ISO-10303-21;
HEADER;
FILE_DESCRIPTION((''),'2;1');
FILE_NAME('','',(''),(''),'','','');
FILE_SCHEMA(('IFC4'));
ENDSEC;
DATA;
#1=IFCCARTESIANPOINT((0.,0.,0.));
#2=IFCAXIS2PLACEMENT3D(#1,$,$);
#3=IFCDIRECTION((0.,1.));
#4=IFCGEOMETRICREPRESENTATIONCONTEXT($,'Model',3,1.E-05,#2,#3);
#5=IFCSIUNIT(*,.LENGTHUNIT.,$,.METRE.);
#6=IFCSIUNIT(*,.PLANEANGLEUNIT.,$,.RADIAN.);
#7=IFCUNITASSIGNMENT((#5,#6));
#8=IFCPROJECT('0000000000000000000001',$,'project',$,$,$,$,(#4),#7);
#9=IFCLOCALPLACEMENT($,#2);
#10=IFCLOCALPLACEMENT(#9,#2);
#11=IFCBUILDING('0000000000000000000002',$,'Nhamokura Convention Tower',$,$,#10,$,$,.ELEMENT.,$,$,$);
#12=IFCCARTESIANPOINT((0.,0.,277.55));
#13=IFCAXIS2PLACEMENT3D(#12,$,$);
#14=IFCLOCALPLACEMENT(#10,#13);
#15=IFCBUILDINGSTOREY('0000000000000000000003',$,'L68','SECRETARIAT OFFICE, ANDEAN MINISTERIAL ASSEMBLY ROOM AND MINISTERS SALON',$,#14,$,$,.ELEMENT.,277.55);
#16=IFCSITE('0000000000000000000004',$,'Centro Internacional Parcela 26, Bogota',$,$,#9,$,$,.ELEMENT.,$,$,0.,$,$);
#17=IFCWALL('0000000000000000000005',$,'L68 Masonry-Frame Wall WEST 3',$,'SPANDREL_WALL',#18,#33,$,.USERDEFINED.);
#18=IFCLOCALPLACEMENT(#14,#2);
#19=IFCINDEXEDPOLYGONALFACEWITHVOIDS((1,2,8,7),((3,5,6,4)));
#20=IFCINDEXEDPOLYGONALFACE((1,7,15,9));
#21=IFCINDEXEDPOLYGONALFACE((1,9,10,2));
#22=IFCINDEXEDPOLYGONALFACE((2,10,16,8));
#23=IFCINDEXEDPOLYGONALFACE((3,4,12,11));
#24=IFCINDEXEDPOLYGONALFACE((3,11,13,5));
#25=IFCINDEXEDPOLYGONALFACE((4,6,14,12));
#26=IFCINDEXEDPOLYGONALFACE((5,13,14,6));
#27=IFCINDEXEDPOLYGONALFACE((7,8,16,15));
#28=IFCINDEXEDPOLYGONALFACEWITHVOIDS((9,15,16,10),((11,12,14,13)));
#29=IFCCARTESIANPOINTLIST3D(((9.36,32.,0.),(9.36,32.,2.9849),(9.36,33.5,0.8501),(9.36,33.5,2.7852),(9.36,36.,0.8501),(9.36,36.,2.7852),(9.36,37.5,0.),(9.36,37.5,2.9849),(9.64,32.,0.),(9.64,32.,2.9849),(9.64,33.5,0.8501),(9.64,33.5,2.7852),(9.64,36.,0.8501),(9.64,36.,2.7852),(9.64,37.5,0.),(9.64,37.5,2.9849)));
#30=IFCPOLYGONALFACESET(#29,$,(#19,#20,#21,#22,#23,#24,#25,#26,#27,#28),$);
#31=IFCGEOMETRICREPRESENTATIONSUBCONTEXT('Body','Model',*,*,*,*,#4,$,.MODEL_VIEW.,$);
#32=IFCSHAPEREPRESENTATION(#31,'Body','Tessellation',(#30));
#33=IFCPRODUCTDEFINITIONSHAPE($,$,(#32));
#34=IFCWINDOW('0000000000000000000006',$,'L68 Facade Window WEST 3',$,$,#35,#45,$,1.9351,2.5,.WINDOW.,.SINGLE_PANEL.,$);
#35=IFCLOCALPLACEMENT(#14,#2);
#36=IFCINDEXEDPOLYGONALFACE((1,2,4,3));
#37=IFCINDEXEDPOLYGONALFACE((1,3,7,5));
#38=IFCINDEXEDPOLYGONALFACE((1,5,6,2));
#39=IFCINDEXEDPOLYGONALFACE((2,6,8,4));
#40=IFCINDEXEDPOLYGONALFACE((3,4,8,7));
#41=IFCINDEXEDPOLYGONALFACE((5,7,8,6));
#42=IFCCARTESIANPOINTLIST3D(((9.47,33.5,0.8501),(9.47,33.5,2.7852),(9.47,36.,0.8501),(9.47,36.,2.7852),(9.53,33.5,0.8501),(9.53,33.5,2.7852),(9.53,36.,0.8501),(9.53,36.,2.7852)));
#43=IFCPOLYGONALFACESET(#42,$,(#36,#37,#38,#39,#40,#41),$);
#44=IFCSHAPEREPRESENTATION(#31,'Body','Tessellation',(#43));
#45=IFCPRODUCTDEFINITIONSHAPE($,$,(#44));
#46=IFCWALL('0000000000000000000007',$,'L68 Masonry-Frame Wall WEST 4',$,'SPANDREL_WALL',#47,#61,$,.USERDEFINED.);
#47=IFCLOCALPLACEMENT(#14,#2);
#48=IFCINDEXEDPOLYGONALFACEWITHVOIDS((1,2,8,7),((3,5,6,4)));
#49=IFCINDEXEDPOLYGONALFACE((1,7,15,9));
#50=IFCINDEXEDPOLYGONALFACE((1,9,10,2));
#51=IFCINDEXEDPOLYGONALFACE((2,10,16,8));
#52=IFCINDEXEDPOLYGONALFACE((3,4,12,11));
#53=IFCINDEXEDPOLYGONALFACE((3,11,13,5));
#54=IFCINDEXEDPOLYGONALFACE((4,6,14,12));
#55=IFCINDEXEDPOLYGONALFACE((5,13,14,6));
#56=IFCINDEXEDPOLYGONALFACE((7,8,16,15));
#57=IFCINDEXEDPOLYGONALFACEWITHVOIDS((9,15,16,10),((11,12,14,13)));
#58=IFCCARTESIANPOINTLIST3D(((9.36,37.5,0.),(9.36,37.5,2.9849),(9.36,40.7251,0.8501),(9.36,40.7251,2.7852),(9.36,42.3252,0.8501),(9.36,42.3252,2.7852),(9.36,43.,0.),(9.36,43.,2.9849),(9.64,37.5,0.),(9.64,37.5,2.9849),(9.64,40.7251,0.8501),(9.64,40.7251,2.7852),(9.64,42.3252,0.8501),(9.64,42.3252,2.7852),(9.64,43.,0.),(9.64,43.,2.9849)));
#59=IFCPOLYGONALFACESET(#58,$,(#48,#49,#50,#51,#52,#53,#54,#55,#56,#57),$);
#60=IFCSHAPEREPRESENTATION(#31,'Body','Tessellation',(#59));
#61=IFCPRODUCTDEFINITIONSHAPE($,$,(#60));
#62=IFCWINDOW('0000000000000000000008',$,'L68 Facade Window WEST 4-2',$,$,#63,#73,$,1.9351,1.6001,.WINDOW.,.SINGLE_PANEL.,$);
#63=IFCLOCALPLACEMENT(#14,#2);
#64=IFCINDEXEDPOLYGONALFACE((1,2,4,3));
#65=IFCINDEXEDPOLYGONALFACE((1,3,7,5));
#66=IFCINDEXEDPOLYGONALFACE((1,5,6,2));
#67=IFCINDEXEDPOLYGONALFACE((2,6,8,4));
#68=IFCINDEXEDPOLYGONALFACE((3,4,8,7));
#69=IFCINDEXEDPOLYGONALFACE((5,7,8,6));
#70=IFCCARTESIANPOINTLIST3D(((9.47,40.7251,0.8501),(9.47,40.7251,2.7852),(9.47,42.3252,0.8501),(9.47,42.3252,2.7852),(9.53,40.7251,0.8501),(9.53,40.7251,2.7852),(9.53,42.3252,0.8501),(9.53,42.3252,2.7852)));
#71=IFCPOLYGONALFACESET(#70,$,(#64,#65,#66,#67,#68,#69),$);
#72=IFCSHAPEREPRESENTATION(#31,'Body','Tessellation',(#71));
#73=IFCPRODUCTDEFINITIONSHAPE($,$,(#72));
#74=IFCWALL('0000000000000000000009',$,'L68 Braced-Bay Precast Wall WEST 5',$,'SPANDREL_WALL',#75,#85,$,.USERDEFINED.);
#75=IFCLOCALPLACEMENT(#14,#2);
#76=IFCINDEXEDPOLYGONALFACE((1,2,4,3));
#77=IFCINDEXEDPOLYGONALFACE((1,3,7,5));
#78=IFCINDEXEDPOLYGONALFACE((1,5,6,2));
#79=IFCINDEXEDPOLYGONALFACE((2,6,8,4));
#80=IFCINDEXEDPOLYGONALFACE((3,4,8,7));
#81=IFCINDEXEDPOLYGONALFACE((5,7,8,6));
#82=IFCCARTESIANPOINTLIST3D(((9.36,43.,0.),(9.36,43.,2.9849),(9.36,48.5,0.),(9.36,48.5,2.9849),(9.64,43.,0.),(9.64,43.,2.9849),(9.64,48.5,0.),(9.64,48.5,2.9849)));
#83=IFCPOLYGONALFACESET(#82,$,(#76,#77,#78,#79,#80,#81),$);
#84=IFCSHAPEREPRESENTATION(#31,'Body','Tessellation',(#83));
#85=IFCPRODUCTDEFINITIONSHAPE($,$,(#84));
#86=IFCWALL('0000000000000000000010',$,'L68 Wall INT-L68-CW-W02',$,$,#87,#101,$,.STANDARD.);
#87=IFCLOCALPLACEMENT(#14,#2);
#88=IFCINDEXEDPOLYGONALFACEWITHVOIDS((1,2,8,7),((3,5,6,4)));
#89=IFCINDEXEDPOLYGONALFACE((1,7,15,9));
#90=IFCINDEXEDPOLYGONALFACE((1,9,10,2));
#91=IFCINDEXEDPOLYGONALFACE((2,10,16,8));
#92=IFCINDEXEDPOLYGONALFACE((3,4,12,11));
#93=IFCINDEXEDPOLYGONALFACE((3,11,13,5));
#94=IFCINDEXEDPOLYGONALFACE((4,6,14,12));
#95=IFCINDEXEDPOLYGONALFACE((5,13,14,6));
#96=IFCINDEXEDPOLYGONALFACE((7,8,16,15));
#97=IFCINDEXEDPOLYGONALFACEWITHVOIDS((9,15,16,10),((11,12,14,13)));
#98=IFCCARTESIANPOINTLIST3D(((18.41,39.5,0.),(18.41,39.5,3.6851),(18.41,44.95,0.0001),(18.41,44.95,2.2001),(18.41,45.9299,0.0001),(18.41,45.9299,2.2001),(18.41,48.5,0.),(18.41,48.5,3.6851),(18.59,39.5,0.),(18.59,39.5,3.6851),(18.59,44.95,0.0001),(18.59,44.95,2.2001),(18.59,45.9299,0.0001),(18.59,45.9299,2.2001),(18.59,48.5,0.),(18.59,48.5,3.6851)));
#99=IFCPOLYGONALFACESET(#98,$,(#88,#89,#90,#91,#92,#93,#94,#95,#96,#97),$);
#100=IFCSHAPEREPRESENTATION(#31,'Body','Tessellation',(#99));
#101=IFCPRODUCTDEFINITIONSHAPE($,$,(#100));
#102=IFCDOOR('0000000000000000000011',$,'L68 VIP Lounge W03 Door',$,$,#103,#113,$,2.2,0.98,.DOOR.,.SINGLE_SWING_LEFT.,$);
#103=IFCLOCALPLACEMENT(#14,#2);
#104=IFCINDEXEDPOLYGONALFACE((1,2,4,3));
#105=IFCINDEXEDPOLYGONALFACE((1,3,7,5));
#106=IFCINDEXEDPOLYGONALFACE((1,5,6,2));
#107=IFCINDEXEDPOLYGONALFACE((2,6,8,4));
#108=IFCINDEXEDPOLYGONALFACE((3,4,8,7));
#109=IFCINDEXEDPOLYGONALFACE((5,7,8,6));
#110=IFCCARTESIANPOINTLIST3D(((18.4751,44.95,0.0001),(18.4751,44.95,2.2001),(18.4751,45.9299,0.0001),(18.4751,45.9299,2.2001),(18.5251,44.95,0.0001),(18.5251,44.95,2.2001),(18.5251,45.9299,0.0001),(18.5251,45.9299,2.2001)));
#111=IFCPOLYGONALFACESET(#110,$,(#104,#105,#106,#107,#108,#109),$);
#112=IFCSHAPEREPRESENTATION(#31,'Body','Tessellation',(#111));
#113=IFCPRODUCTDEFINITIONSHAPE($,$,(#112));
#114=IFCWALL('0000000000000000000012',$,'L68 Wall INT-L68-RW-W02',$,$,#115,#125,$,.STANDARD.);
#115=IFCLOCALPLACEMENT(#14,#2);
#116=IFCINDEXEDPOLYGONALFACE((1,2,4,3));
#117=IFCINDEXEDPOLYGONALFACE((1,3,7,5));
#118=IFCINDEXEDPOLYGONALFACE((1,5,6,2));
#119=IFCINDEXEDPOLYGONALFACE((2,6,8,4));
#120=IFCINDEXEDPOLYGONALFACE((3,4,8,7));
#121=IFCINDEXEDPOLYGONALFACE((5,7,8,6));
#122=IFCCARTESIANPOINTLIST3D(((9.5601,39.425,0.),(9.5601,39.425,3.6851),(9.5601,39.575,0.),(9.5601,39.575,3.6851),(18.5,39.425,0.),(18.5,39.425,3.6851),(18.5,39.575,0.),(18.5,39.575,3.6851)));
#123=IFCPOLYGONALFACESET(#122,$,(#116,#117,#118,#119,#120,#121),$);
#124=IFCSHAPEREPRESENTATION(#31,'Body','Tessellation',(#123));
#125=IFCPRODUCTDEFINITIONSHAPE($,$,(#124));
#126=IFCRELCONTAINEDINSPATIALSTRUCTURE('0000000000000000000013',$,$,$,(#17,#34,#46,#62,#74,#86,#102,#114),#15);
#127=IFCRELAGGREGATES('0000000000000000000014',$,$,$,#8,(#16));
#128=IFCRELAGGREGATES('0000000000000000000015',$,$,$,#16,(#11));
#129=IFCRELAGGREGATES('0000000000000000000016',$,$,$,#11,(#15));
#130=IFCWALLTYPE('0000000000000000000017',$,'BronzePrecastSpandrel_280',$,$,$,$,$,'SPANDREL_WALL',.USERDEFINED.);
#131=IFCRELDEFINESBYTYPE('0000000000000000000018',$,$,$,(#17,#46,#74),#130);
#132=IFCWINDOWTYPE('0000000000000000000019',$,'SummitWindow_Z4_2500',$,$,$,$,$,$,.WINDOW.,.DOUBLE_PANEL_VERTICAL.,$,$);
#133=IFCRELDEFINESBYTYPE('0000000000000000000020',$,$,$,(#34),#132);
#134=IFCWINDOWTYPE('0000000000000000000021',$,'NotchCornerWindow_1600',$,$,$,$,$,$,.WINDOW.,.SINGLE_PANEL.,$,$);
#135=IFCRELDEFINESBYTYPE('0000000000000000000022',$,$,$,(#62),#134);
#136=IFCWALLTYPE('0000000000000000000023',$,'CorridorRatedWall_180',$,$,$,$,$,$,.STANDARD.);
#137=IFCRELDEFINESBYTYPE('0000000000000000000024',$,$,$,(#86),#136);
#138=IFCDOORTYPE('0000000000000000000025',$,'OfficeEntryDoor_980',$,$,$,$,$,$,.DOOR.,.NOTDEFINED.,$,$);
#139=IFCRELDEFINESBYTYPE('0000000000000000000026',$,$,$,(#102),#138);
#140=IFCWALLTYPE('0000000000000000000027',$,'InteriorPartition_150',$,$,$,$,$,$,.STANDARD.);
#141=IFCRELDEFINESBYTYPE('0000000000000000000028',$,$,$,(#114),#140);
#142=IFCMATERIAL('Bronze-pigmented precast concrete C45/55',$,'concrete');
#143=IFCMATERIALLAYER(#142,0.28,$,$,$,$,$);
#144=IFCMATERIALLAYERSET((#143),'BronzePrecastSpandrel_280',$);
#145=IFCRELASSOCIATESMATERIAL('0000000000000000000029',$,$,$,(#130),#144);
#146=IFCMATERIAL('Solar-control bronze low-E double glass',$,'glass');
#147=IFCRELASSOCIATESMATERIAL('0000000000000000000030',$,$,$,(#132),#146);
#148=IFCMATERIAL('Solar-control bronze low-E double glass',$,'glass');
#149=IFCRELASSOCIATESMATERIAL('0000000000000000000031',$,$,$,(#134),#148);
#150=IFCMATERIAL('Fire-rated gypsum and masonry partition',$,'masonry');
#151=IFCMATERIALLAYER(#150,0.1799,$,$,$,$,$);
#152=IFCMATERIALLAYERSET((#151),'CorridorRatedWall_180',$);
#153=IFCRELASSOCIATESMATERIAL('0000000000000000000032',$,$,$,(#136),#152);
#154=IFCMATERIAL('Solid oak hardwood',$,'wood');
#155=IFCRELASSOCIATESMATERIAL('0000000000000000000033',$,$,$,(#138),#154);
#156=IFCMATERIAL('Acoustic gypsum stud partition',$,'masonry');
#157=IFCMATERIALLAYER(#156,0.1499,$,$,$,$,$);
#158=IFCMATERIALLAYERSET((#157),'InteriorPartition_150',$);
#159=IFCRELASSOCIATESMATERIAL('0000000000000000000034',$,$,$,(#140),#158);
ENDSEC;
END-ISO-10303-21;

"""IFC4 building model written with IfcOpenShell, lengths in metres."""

from ifc_helpers import new_model, si_unit, direction, frame, frame_2d, origin, place, context, subcontext, project, spatial, rectangle, extrude, material, layer, layer_set, type_object, element, fill, save


model = new_model("IFC4")

# Units and contexts
model_context = context("Model", 3, precision=1e-05, world=origin(), true_north=direction((0.0, 1.0)))
body_context = subcontext(model_context, "Body", "Model", "MODEL_VIEW")
ifc_project = project(units=[si_unit("LENGTHUNIT", "METRE"), si_unit("PLANEANGLEUNIT", "RADIAN")], contexts=[model_context])

# Site, building, storey
site_placement = place(None, origin())
site = spatial("IfcSite", under=ifc_project, at=site_placement, Name="Centro Internacional Parcela 26, Bogota", CompositionType="ELEMENT", RefElevation=0.0)
building_placement = place(site_placement, origin())
building = spatial("IfcBuilding", under=site, at=building_placement, Name="Nhamokura Convention Tower", CompositionType="ELEMENT")
storey_placement = place(building_placement, frame((0.0, 0.0, 277.55)))
storey = spatial("IfcBuildingStorey", under=building, at=storey_placement, Name="L68", Description="SECRETARIAT OFFICE, ANDEAN MINISTERIAL ASSEMBLY ROOM AND MINISTERS SALON", CompositionType="ELEMENT", Elevation=277.55)

# Walls, openings, windows
ifc_material_1 = material(Name="Bronze-pigmented precast concrete C45/55", Category="concrete")
ifc_layer_1 = layer(ifc_material_1, 0.28)
ifc_layer_set_1 = layer_set([ifc_layer_1], Name="BronzePrecastSpandrel_280")
wall_type_1 = type_object("IfcWallType", Name="BronzePrecastSpandrel_280", ElementType="SPANDREL_WALL", PredefinedType="USERDEFINED", material=ifc_layer_set_1)
wall_1_placement = place(storey_placement, frame((9.5, 32.0, 0.0), z_axis=(0.0, 0.0, 1.0), x_axis=(0.0, 1.0, 0.0)))
wall_1 = element("IfcWall", 1, at=wall_1_placement, inside=storey, type_object=wall_type_1, Name="L68 Masonry-Frame Wall WEST 3", ObjectType="SPANDREL_WALL", PredefinedType="USERDEFINED", context=body_context, shape_type="SweptSolid", body=[
    extrude(rectangle(XDim=5.5, YDim=0.28, at=frame_2d((2.75, 0.0))), origin(), (0.0, 0.0, 1.0), 2.9849),
])
opening_1_placement = place(wall_1_placement, frame((1.5, 0.0, 0.8501)))
opening_1 = element("IfcOpeningElement", 2, at=opening_1_placement, cuts=wall_1, PredefinedType="OPENING", context=body_context, shape_type="SweptSolid", body=[
    extrude(rectangle(XDim=2.5, YDim=1.9351, at=frame_2d((1.25, 0.9675))), frame((0.0, 0.1499, 0.0), z_axis=(0.0, -1.0, 0.0), x_axis=(1.0, 0.0, 0.0)), (0.0, 0.0, 1.0), 0.3),
])
ifc_material_2 = material(Name="Solar-control bronze low-E double glass", Category="glass")
window_type_1 = type_object("IfcWindowType", Name="SummitWindow_Z4_2500", PartitioningType="DOUBLE_PANEL_VERTICAL", PredefinedType="WINDOW", material=ifc_material_2)
window_1_placement = place(opening_1_placement, origin())
window_1 = element("IfcWindow", 3, at=window_1_placement, inside=storey, type_object=window_type_1, Name="L68 Facade Window WEST 3", OverallHeight=1.9351, OverallWidth=2.5, PartitioningType="SINGLE_PANEL", PredefinedType="WINDOW", context=body_context, shape_type="SweptSolid", body=[
    extrude(rectangle(XDim=2.5, YDim=1.9351, at=frame_2d((1.25, 0.9675))), frame((0.0, 0.03, 0.0), z_axis=(0.0, -1.0, 0.0), x_axis=(1.0, 0.0, 0.0)), (0.0, 0.0, 1.0), 0.0601),
])
fill(opening_1, window_1)
wall_2_placement = place(storey_placement, frame((9.5, 37.5, 0.0), z_axis=(0.0, 0.0, 1.0), x_axis=(0.0, 1.0, 0.0)))
wall_2 = element("IfcWall", 4, at=wall_2_placement, inside=storey, type_object=wall_type_1, Name="L68 Masonry-Frame Wall WEST 4", ObjectType="SPANDREL_WALL", PredefinedType="USERDEFINED", context=body_context, shape_type="SweptSolid", body=[
    extrude(rectangle(XDim=5.5, YDim=0.28, at=frame_2d((2.75, 0.0))), origin(), (0.0, 0.0, 1.0), 2.9849),
])
opening_2_placement = place(wall_2_placement, frame((3.2251, 0.0, 0.8501)))
opening_2 = element("IfcOpeningElement", 5, at=opening_2_placement, cuts=wall_2, PredefinedType="OPENING", context=body_context, shape_type="SweptSolid", body=[
    extrude(rectangle(XDim=1.6001, YDim=1.9351, at=frame_2d((0.8, 0.9675))), frame((0.0, 0.1499, 0.0), z_axis=(0.0, -1.0, 0.0), x_axis=(1.0, 0.0, 0.0)), (0.0, 0.0, 1.0), 0.3),
])
ifc_material_3 = material(Name="Solar-control bronze low-E double glass", Category="glass")
window_type_2 = type_object("IfcWindowType", Name="NotchCornerWindow_1600", PartitioningType="SINGLE_PANEL", PredefinedType="WINDOW", material=ifc_material_3)
window_2_placement = place(opening_2_placement, origin())
window_2 = element("IfcWindow", 6, at=window_2_placement, inside=storey, type_object=window_type_2, Name="L68 Facade Window WEST 4-2", OverallHeight=1.9351, OverallWidth=1.6001, PartitioningType="SINGLE_PANEL", PredefinedType="WINDOW", context=body_context, shape_type="SweptSolid", body=[
    extrude(rectangle(XDim=1.6001, YDim=1.9351, at=frame_2d((0.8, 0.9675))), frame((0.0, 0.03, 0.0), z_axis=(0.0, -1.0, 0.0), x_axis=(1.0, 0.0, 0.0)), (0.0, 0.0, 1.0), 0.0601),
])
fill(opening_2, window_2)

# Wall
wall_3_placement = place(storey_placement, frame((9.5, 43.0, 0.0), z_axis=(0.0, 0.0, 1.0), x_axis=(0.0, 1.0, 0.0)))
element("IfcWall", 7, at=wall_3_placement, inside=storey, type_object=wall_type_1, Name="L68 Braced-Bay Precast Wall WEST 5", ObjectType="SPANDREL_WALL", PredefinedType="USERDEFINED", context=body_context, shape_type="SweptSolid", body=[
    extrude(rectangle(XDim=5.5, YDim=0.28, at=frame_2d((2.75, 0.0))), origin(), (0.0, 0.0, 1.0), 2.9849),
])

# Wall, opening, door
ifc_material_4 = material(Name="Fire-rated gypsum and masonry partition", Category="masonry")
ifc_layer_2 = layer(ifc_material_4, 0.1799)
ifc_layer_set_2 = layer_set([ifc_layer_2], Name="CorridorRatedWall_180")
wall_type_2 = type_object("IfcWallType", Name="CorridorRatedWall_180", PredefinedType="STANDARD", material=ifc_layer_set_2)
wall_4_placement = place(storey_placement, frame((18.5, 39.5, 0.0), z_axis=(0.0, 0.0, 1.0), x_axis=(0.0, 1.0, 0.0)))
wall_4 = element("IfcWall", 8, at=wall_4_placement, inside=storey, type_object=wall_type_2, Name="L68 Wall INT-L68-CW-W02", PredefinedType="STANDARD", context=body_context, shape_type="SweptSolid", body=[
    extrude(rectangle(XDim=9.0, YDim=0.1799, at=frame_2d((4.5, 0.0))), origin(), (0.0, 0.0, 1.0), 3.6851),
])
opening_3_placement = place(wall_4_placement, frame((5.45, 0.0, 0.0)))
opening_3 = element("IfcOpeningElement", 9, at=opening_3_placement, cuts=wall_4, PredefinedType="OPENING", context=body_context, shape_type="SweptSolid", body=[
    extrude(rectangle(XDim=0.98, YDim=2.2, at=frame_2d((0.49, 1.1001))), frame((0.0, 0.0999, 0.0), z_axis=(0.0, -1.0, 0.0), x_axis=(1.0, 0.0, 0.0)), (0.0, 0.0, 1.0), 0.2),
])
ifc_material_5 = material(Name="Solid oak hardwood", Category="wood")
door_type = type_object("IfcDoorType", Name="OfficeEntryDoor_980", OperationType="NOTDEFINED", PredefinedType="DOOR", material=ifc_material_5)
door_placement = place(opening_3_placement, origin())
door = element("IfcDoor", 10, at=door_placement, inside=storey, type_object=door_type, Name="L68 VIP Lounge W03 Door", OperationType="SINGLE_SWING_LEFT", OverallHeight=2.2, OverallWidth=0.98, PredefinedType="DOOR", context=body_context, shape_type="SweptSolid", body=[
    extrude(rectangle(XDim=0.98, YDim=2.2, at=frame_2d((0.49, 1.1001))), frame((0.0, 0.0249, 0.0), z_axis=(0.0, -1.0, 0.0), x_axis=(1.0, 0.0, 0.0)), (0.0, 0.0, 1.0), 0.05),
])
fill(opening_3, door)

# Wall
ifc_material_6 = material(Name="Acoustic gypsum stud partition", Category="masonry")
ifc_layer_3 = layer(ifc_material_6, 0.1499)
ifc_layer_set_3 = layer_set([ifc_layer_3], Name="InteriorPartition_150")
wall_type_3 = type_object("IfcWallType", Name="InteriorPartition_150", PredefinedType="STANDARD", material=ifc_layer_set_3)
wall_5_placement = place(storey_placement, frame((9.5601, 39.5, 0.0), z_axis=(0.0, 0.0, 1.0), x_axis=(1.0, 0.0, 0.0)))
element("IfcWall", 11, at=wall_5_placement, inside=storey, type_object=wall_type_3, Name="L68 Wall INT-L68-RW-W02", PredefinedType="STANDARD", context=body_context, shape_type="SweptSolid", body=[
    extrude(rectangle(XDim=8.9399, YDim=0.1499, at=frame_2d((4.47, 0.0))), origin(), (0.0, 0.0, 1.0), 3.6851),
])

save(model, "model.ifc")
